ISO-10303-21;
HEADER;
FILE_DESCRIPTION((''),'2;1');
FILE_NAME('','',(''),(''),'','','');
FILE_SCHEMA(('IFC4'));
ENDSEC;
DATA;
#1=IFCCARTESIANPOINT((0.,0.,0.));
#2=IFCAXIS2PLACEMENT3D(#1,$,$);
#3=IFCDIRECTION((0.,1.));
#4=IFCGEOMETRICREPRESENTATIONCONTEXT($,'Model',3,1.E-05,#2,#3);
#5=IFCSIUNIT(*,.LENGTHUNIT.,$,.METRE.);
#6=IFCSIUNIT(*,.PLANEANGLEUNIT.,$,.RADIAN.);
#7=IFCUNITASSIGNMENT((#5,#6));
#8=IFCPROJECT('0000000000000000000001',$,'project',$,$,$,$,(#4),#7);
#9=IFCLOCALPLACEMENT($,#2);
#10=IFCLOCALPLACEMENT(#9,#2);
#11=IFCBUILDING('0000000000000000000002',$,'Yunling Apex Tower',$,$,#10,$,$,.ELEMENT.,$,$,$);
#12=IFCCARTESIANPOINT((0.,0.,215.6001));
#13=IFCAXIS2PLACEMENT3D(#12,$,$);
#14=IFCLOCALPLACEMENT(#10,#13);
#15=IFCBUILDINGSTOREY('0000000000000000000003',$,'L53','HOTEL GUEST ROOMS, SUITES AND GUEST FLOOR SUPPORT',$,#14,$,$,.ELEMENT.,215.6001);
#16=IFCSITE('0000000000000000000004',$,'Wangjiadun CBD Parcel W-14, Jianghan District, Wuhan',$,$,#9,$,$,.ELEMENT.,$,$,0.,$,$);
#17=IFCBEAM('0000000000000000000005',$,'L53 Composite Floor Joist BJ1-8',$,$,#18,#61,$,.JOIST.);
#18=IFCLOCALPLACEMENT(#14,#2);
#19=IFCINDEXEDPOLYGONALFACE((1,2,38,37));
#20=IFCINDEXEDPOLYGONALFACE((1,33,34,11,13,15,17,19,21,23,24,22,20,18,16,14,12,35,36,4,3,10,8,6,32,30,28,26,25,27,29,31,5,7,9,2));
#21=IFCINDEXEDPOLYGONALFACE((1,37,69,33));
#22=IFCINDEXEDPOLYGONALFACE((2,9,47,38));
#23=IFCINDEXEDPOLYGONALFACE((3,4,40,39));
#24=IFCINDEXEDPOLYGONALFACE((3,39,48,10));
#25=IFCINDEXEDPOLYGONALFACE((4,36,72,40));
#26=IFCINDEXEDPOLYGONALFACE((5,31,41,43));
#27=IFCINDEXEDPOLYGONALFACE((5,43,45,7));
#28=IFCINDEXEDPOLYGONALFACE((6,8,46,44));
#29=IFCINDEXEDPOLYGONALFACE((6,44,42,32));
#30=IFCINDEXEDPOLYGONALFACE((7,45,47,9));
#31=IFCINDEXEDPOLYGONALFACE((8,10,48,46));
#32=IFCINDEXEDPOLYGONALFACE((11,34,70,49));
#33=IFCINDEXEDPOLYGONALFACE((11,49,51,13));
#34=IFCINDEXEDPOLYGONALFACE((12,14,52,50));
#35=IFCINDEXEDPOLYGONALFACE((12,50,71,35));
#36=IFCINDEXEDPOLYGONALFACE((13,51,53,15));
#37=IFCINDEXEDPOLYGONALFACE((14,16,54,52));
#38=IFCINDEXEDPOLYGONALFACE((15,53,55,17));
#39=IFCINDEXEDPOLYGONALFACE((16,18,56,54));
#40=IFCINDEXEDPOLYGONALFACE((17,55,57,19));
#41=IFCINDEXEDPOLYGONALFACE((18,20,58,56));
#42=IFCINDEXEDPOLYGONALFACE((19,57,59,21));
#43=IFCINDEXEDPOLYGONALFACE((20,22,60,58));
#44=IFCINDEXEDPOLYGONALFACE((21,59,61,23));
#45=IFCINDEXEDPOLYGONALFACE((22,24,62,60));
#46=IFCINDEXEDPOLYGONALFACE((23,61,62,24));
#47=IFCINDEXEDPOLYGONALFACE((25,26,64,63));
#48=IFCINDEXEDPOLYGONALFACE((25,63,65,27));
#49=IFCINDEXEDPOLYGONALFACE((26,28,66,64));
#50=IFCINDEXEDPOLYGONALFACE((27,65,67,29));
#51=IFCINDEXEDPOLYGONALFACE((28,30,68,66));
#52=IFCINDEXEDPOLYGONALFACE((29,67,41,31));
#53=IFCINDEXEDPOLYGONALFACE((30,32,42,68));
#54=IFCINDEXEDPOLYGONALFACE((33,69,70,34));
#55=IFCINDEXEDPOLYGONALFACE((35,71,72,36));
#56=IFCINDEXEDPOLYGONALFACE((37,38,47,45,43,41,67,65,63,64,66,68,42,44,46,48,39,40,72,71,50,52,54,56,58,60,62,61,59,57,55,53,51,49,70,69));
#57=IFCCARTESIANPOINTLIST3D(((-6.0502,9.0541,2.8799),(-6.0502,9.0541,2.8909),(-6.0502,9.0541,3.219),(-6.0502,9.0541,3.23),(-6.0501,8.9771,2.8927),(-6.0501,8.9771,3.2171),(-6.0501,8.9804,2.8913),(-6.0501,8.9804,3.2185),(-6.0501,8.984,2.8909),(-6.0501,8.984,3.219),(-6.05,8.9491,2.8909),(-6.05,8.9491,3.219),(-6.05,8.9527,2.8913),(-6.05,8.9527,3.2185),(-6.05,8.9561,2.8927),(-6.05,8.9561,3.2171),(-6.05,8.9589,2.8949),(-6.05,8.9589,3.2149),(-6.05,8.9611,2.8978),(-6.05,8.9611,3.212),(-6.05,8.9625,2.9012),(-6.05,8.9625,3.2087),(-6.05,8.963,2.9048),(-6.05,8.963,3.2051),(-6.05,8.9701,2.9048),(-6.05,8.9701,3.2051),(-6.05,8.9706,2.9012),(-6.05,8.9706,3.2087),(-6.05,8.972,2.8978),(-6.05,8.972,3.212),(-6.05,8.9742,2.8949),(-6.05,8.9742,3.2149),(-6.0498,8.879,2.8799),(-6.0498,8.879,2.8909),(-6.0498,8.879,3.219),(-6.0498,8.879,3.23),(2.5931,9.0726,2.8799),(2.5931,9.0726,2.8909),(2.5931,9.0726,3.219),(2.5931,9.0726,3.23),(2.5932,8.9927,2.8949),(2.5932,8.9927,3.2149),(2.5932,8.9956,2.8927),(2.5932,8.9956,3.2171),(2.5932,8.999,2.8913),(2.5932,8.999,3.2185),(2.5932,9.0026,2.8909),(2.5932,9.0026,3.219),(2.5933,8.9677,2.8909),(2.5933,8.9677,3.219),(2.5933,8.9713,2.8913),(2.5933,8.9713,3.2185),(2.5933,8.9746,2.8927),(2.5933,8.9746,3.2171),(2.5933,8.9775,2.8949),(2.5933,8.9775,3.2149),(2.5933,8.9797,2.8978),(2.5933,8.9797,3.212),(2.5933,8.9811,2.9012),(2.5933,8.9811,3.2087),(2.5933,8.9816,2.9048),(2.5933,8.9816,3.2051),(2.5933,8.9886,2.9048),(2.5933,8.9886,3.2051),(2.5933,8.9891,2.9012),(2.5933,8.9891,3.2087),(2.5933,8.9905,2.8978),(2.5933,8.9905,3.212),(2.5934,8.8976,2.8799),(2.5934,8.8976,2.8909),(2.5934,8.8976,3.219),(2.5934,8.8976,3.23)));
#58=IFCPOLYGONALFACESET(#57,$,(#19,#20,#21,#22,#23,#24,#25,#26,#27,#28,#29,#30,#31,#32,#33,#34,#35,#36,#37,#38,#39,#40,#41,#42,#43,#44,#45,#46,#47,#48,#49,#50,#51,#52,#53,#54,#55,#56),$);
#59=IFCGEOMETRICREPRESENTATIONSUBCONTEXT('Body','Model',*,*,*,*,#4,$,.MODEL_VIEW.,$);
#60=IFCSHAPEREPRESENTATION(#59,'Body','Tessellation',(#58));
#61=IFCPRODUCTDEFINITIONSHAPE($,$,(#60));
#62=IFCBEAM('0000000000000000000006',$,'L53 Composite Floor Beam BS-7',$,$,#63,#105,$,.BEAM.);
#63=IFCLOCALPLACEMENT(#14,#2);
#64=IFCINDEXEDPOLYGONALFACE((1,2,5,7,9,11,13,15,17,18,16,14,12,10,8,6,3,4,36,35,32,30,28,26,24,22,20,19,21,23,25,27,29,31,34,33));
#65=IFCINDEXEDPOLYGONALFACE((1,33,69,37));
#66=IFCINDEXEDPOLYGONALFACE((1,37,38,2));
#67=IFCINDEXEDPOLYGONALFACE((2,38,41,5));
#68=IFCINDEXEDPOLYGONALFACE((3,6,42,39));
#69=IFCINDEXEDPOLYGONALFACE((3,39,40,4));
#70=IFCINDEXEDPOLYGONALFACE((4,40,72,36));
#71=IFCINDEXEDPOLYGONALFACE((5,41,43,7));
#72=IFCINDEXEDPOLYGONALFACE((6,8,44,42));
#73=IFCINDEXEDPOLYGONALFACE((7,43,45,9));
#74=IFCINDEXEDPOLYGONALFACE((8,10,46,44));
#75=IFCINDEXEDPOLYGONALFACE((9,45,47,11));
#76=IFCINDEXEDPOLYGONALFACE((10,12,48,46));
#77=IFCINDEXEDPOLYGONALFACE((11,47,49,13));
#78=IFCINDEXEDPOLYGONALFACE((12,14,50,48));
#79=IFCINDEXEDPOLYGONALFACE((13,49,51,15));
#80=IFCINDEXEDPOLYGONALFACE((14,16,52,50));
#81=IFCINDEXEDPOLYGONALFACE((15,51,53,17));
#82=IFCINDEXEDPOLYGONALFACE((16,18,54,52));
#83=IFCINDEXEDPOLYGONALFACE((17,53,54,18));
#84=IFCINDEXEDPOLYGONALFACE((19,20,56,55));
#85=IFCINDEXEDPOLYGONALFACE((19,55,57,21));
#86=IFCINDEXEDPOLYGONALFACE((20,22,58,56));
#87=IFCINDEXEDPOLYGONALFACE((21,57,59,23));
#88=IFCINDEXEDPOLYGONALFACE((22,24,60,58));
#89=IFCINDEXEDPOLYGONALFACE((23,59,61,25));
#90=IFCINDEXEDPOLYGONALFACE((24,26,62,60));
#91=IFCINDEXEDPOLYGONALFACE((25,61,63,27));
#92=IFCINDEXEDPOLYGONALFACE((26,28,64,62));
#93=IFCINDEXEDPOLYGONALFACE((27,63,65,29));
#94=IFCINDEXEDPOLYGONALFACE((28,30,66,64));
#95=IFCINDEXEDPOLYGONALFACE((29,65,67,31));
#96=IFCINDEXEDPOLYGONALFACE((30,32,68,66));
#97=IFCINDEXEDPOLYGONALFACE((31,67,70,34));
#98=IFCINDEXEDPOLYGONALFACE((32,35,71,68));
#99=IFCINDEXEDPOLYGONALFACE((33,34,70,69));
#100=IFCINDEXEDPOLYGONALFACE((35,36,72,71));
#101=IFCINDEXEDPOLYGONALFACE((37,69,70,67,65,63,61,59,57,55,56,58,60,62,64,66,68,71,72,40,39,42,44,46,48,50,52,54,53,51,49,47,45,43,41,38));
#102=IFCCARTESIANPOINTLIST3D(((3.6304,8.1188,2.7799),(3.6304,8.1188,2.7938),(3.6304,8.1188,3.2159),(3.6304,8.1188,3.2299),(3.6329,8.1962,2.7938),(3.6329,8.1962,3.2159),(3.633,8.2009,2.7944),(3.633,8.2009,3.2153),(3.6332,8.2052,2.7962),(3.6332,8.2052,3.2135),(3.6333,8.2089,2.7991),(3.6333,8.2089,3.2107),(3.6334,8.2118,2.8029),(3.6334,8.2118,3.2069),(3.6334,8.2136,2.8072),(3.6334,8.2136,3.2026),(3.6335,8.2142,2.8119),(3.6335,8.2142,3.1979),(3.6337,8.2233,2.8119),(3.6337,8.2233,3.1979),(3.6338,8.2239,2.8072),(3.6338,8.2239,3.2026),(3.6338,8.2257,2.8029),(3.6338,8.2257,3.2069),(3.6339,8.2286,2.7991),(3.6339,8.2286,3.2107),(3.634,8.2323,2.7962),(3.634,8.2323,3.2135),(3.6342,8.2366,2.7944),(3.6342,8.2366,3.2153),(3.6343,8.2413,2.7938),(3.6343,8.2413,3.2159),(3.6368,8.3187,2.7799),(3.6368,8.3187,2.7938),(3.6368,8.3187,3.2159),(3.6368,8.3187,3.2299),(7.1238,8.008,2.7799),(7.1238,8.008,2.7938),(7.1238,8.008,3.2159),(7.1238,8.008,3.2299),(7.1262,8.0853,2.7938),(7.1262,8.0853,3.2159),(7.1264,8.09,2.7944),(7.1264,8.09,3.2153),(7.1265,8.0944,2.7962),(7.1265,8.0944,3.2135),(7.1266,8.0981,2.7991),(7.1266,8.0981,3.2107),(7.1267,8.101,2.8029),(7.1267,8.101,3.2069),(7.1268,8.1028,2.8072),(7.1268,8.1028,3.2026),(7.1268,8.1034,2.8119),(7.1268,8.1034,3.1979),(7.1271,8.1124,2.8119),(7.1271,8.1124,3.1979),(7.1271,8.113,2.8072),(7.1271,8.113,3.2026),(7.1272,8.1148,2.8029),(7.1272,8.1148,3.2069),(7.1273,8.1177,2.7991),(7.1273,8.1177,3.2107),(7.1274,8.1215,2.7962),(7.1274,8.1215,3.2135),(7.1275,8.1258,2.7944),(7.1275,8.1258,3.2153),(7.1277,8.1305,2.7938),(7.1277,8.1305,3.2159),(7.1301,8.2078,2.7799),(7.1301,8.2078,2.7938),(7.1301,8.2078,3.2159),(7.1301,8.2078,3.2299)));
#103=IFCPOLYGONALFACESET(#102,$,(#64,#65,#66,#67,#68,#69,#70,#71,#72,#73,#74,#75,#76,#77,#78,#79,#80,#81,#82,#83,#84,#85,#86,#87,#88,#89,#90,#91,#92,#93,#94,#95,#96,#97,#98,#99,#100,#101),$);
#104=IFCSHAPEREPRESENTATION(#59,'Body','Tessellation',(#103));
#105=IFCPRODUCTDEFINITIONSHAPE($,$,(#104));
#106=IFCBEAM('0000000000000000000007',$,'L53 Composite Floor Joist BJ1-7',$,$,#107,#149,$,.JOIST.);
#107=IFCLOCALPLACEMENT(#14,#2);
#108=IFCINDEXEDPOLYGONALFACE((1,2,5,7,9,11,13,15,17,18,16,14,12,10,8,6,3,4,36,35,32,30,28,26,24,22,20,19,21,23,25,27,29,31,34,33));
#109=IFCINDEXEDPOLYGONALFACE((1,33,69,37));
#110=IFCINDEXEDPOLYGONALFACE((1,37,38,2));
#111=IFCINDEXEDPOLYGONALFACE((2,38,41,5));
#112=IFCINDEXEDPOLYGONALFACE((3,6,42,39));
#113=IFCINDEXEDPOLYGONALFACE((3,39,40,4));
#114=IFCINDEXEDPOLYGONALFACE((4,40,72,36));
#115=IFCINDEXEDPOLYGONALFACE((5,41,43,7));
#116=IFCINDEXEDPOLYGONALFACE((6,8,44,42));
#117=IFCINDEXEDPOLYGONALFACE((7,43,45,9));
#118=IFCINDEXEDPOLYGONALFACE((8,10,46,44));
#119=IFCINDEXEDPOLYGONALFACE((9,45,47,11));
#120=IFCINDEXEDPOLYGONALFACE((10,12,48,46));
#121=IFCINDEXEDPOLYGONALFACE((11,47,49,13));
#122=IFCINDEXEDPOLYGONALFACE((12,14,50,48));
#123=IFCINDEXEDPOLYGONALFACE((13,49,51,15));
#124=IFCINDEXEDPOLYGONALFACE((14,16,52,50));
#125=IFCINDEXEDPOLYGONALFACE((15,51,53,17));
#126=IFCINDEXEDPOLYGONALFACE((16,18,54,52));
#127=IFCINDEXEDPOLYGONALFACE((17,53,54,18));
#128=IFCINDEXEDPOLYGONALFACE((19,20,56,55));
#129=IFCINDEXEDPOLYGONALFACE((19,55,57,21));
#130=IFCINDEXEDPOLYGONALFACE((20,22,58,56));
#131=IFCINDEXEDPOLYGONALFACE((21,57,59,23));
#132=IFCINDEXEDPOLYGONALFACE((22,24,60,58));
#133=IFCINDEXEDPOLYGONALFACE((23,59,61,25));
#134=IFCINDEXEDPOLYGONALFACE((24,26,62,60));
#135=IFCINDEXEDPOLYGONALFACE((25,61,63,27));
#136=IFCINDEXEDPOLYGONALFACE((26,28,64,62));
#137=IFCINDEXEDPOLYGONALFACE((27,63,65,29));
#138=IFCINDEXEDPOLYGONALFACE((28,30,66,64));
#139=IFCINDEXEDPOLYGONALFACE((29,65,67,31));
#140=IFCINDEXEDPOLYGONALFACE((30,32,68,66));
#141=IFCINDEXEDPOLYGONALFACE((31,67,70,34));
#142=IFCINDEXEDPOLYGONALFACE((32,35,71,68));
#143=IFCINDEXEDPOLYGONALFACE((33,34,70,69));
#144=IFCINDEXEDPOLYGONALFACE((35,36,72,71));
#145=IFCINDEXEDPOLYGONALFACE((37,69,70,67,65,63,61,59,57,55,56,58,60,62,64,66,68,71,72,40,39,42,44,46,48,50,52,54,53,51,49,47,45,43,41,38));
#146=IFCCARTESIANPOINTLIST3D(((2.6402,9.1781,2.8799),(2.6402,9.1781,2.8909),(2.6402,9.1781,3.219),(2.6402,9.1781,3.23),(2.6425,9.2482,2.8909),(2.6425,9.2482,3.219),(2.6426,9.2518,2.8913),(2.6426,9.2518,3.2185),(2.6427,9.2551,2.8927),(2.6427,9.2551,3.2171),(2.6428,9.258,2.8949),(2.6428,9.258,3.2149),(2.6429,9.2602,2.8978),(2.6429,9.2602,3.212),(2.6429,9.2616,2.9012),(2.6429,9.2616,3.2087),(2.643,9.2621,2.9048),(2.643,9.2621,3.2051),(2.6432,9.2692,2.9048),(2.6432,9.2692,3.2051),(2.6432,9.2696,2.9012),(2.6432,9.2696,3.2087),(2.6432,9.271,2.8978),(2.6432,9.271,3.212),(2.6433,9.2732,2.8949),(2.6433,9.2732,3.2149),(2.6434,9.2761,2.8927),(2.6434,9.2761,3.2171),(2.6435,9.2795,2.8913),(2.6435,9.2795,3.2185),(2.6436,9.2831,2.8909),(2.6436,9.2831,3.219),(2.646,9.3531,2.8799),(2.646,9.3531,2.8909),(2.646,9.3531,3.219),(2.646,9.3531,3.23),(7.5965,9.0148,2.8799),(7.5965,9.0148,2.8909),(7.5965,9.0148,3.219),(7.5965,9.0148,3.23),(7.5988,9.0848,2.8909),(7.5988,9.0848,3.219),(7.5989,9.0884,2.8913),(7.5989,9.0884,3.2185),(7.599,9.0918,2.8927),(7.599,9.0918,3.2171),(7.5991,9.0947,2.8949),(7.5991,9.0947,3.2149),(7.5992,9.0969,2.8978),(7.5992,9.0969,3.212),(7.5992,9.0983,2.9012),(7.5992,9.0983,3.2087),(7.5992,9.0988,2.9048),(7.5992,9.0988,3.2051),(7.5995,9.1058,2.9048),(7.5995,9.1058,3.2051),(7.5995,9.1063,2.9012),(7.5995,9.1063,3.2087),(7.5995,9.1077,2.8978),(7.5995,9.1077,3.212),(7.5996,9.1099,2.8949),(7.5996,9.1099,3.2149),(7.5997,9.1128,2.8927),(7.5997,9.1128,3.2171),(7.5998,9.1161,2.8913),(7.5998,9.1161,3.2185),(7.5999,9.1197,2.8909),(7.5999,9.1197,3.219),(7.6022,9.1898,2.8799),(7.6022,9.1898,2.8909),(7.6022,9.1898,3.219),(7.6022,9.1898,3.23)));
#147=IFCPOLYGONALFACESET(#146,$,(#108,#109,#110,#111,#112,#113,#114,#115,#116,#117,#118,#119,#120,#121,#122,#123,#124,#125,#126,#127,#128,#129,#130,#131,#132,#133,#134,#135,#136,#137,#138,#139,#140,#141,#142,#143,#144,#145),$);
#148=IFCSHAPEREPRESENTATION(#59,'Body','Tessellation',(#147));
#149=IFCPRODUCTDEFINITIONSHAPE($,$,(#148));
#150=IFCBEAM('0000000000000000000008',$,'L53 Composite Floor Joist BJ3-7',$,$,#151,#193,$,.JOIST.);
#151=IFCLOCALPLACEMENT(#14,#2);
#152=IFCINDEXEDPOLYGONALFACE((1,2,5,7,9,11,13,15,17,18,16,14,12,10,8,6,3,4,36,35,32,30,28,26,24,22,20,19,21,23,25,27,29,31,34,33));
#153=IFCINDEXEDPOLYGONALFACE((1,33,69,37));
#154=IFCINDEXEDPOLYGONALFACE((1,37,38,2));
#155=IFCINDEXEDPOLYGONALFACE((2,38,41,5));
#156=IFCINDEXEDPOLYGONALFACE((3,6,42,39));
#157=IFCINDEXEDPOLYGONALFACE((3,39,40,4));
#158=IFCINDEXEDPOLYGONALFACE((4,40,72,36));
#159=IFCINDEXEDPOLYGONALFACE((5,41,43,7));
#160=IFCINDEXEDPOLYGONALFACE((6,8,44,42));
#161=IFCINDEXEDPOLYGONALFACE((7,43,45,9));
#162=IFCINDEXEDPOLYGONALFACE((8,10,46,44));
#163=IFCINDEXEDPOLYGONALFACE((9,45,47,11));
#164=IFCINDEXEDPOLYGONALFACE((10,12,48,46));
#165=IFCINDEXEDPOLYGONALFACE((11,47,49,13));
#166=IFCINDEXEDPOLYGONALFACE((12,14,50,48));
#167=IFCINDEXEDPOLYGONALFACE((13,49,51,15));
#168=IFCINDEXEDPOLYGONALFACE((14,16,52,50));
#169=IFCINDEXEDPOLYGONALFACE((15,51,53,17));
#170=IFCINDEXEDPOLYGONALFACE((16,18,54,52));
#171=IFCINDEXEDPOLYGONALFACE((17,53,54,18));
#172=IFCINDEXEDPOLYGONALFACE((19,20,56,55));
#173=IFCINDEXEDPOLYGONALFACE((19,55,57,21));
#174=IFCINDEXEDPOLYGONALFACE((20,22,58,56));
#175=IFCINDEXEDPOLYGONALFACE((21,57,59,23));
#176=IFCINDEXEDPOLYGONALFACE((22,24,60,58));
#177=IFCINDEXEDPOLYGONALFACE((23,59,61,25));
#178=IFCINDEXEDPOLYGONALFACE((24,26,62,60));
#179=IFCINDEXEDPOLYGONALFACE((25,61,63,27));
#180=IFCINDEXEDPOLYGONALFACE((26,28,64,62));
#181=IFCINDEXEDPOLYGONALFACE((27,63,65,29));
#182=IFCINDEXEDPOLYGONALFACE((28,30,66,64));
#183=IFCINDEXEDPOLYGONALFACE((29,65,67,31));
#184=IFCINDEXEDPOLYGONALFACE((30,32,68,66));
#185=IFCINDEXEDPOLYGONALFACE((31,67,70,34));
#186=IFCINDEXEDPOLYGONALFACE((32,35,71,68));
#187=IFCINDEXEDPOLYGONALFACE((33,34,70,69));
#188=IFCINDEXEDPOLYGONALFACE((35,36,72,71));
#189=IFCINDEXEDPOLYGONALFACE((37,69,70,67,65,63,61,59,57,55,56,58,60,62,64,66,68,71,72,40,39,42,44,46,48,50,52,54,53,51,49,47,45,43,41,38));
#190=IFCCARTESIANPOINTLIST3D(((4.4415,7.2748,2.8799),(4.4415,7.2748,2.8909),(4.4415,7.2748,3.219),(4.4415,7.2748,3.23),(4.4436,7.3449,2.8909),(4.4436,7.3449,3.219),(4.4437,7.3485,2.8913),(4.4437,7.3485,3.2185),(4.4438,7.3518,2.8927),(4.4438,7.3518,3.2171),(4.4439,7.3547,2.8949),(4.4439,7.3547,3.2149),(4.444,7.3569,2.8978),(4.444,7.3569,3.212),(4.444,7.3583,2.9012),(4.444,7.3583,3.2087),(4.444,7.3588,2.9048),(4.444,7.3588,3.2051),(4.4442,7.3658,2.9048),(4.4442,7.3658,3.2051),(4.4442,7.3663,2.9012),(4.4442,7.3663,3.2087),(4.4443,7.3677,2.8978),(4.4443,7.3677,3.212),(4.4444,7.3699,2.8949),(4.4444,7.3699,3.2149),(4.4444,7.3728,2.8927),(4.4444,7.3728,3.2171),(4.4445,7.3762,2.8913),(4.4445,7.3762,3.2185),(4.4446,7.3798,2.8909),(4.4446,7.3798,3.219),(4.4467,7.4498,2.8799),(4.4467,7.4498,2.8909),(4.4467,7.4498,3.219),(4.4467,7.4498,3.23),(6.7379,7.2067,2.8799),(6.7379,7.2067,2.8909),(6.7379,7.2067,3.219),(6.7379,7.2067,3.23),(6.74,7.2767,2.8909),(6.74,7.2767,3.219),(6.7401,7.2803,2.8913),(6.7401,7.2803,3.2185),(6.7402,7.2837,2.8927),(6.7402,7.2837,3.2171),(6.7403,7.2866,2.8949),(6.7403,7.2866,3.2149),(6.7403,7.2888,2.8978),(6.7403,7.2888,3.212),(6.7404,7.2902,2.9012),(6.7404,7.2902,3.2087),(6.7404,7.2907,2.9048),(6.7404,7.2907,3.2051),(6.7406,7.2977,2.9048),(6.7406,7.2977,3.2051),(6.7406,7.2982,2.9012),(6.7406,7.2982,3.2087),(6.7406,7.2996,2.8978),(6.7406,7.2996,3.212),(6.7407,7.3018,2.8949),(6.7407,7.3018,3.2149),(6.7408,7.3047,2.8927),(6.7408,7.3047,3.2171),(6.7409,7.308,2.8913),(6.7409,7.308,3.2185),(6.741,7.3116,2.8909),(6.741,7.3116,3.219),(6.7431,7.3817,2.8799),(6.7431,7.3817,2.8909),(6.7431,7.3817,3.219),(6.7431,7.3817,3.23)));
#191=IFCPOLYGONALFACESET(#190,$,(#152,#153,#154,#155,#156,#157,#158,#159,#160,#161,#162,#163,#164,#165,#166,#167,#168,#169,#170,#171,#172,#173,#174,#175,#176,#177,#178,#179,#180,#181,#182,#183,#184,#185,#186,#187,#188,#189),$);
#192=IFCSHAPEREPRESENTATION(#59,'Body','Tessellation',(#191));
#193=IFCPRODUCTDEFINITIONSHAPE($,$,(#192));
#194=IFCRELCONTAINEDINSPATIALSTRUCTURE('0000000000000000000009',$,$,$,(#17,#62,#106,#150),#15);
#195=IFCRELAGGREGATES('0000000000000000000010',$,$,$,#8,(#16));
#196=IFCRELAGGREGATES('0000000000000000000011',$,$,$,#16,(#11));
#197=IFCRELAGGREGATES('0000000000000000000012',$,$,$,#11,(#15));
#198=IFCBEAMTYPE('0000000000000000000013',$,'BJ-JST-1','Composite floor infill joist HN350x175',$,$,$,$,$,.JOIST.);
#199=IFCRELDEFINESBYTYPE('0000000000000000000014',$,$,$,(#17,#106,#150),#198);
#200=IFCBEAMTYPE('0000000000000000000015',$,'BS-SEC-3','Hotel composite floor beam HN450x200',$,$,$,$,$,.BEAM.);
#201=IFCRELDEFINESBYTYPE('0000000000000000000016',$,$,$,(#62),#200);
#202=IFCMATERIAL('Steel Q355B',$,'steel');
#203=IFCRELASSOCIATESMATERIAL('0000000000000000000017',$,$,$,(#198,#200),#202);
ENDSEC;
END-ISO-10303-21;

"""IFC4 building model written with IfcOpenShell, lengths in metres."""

from ifc_helpers import new_model, si_unit, direction, frame, origin, origin_2d, place, context, subcontext, project, spatial, i_section, extrude, source, transform, mapped, material, material_profile, profile_set, type_object, element, save


model = new_model("IFC4")

# Units and contexts
model_context = context("Model", 3, precision=1e-05, world=origin(), true_north=direction((0.0, 1.0)))
body_context = subcontext(model_context, "Body", "Model", "MODEL_VIEW")
ifc_project = project(units=[si_unit("LENGTHUNIT", "METRE"), si_unit("PLANEANGLEUNIT", "RADIAN")], contexts=[model_context])

# Site, building, storey
site_placement = place(None, origin())
site = spatial("IfcSite", under=ifc_project, at=site_placement, Name="Wangjiadun CBD Parcel W-14, Jianghan District, Wuhan", CompositionType="ELEMENT", RefElevation=0.0)
building_placement = place(site_placement, origin())
building = spatial("IfcBuilding", under=site, at=building_placement, Name="Yunling Apex Tower", CompositionType="ELEMENT")
storey_placement = place(building_placement, frame((0.0, 0.0, 215.6001)))
storey = spatial("IfcBuildingStorey", under=building, at=storey_placement, Name="L53", Description="HOTEL GUEST ROOMS, SUITES AND GUEST FLOOR SUPPORT", CompositionType="ELEMENT", Elevation=215.6001)

# Beams
ifc_material_1 = material(Name="Steel Q355B", Category="steel")
ifc_material_profile_1 = material_profile(ifc_material_1, i_section(OverallWidth=0.175, OverallDepth=0.3501, WebThickness=0.0071, FlangeThickness=0.011, FilletRadius=0.0139, at=origin_2d()))
ifc_profile_set_1 = profile_set([ifc_material_profile_1], Name="Steel Q355B")
beam_type_1 = type_object("IfcBeamType", Name="BJ-JST-1", Description="Composite floor infill joist HN350x175", PredefinedType="JOIST", material=ifc_profile_set_1)
shared_shape_1 = source(origin(), body_context, "Body", "SweptSolid", [
    extrude(i_section(OverallWidth=0.175, OverallDepth=0.3501, WebThickness=0.0071, FlangeThickness=0.011, FilletRadius=0.0139, at=origin_2d()), origin(), (0.0, 0.0, 1.0), 8.6433),
])
beam_1_placement = place(storey_placement, frame((2.5933, 8.9851, 3.0549), z_axis=(-0.999998, -0.002147, 0.0), x_axis=(0.002147, -0.999998, 0.0)))
element("IfcBeam", 1, at=beam_1_placement, inside=storey, type_object=beam_type_1, Name="L53 Composite Floor Joist BJ1-8", PredefinedType="JOIST", context=body_context, shape_type="MappedRepresentation", body=[
    mapped(shared_shape_1, transform((0.0, 0.0, 0.0), scale=1.0)),
])
ifc_material_profile_2 = material_profile(ifc_material_1, i_section(OverallWidth=0.2, OverallDepth=0.45, WebThickness=0.009, FlangeThickness=0.0139, FilletRadius=0.0181, at=origin_2d()))
ifc_profile_set_2 = profile_set([ifc_material_profile_2], Name="Steel Q355B")
beam_type_2 = type_object("IfcBeamType", Name="BS-SEC-3", Description="Hotel composite floor beam HN450x200", PredefinedType="BEAM", material=ifc_profile_set_2)
shared_shape_2 = source(origin(), body_context, "Body", "SweptSolid", [
    extrude(i_section(OverallWidth=0.2, OverallDepth=0.45, WebThickness=0.009, FlangeThickness=0.0139, FilletRadius=0.0181, at=origin_2d()), origin(), (0.0, 0.0, 1.0), 3.4951),
])
beam_2_placement = place(storey_placement, frame((7.127, 8.1079, 3.0049), z_axis=(-0.999497, 0.031712, 0.0), x_axis=(-0.031712, -0.999497, 0.0)))
element("IfcBeam", 2, at=beam_2_placement, inside=storey, type_object=beam_type_2, Name="L53 Composite Floor Beam BS-7", PredefinedType="BEAM", context=body_context, shape_type="MappedRepresentation", body=[
    mapped(shared_shape_2, transform((0.0, 0.0, 0.0), scale=1.0)),
])
shared_shape_3 = source(origin(), body_context, "Body", "SweptSolid", [
    extrude(i_section(OverallWidth=0.175, OverallDepth=0.3501, WebThickness=0.0071, FlangeThickness=0.011, FilletRadius=0.0139, at=origin_2d()), origin(), (0.0, 0.0, 1.0), 4.959),
])
beam_3_placement = place(storey_placement, frame((7.5994, 9.1023, 3.0549), z_axis=(-0.999457, 0.032936, 0.0), x_axis=(-0.032936, -0.999457, 0.0)))
element("IfcBeam", 3, at=beam_3_placement, inside=storey, type_object=beam_type_1, Name="L53 Composite Floor Joist BJ1-7", PredefinedType="JOIST", context=body_context, shape_type="MappedRepresentation", body=[
    mapped(shared_shape_3, transform((0.0, 0.0, 0.0), scale=1.0)),
])
shared_shape_4 = source(origin(), body_context, "Body", "SweptSolid", [
    extrude(i_section(OverallWidth=0.175, OverallDepth=0.3501, WebThickness=0.0071, FlangeThickness=0.011, FilletRadius=0.0139, at=origin_2d()), origin(), (0.0, 0.0, 1.0), 2.2974),
])
beam_4_placement = place(storey_placement, frame((6.7405, 7.2942, 3.0549), z_axis=(-0.99956, 0.029649, 0.0), x_axis=(-0.029649, -0.99956, 0.0)))
element("IfcBeam", 4, at=beam_4_placement, inside=storey, type_object=beam_type_1, Name="L53 Composite Floor Joist BJ3-7", PredefinedType="JOIST", context=body_context, shape_type="MappedRepresentation", body=[
    mapped(shared_shape_4, transform((0.0, 0.0, 0.0), scale=1.0)),
])

save(model, "model.ifc")
